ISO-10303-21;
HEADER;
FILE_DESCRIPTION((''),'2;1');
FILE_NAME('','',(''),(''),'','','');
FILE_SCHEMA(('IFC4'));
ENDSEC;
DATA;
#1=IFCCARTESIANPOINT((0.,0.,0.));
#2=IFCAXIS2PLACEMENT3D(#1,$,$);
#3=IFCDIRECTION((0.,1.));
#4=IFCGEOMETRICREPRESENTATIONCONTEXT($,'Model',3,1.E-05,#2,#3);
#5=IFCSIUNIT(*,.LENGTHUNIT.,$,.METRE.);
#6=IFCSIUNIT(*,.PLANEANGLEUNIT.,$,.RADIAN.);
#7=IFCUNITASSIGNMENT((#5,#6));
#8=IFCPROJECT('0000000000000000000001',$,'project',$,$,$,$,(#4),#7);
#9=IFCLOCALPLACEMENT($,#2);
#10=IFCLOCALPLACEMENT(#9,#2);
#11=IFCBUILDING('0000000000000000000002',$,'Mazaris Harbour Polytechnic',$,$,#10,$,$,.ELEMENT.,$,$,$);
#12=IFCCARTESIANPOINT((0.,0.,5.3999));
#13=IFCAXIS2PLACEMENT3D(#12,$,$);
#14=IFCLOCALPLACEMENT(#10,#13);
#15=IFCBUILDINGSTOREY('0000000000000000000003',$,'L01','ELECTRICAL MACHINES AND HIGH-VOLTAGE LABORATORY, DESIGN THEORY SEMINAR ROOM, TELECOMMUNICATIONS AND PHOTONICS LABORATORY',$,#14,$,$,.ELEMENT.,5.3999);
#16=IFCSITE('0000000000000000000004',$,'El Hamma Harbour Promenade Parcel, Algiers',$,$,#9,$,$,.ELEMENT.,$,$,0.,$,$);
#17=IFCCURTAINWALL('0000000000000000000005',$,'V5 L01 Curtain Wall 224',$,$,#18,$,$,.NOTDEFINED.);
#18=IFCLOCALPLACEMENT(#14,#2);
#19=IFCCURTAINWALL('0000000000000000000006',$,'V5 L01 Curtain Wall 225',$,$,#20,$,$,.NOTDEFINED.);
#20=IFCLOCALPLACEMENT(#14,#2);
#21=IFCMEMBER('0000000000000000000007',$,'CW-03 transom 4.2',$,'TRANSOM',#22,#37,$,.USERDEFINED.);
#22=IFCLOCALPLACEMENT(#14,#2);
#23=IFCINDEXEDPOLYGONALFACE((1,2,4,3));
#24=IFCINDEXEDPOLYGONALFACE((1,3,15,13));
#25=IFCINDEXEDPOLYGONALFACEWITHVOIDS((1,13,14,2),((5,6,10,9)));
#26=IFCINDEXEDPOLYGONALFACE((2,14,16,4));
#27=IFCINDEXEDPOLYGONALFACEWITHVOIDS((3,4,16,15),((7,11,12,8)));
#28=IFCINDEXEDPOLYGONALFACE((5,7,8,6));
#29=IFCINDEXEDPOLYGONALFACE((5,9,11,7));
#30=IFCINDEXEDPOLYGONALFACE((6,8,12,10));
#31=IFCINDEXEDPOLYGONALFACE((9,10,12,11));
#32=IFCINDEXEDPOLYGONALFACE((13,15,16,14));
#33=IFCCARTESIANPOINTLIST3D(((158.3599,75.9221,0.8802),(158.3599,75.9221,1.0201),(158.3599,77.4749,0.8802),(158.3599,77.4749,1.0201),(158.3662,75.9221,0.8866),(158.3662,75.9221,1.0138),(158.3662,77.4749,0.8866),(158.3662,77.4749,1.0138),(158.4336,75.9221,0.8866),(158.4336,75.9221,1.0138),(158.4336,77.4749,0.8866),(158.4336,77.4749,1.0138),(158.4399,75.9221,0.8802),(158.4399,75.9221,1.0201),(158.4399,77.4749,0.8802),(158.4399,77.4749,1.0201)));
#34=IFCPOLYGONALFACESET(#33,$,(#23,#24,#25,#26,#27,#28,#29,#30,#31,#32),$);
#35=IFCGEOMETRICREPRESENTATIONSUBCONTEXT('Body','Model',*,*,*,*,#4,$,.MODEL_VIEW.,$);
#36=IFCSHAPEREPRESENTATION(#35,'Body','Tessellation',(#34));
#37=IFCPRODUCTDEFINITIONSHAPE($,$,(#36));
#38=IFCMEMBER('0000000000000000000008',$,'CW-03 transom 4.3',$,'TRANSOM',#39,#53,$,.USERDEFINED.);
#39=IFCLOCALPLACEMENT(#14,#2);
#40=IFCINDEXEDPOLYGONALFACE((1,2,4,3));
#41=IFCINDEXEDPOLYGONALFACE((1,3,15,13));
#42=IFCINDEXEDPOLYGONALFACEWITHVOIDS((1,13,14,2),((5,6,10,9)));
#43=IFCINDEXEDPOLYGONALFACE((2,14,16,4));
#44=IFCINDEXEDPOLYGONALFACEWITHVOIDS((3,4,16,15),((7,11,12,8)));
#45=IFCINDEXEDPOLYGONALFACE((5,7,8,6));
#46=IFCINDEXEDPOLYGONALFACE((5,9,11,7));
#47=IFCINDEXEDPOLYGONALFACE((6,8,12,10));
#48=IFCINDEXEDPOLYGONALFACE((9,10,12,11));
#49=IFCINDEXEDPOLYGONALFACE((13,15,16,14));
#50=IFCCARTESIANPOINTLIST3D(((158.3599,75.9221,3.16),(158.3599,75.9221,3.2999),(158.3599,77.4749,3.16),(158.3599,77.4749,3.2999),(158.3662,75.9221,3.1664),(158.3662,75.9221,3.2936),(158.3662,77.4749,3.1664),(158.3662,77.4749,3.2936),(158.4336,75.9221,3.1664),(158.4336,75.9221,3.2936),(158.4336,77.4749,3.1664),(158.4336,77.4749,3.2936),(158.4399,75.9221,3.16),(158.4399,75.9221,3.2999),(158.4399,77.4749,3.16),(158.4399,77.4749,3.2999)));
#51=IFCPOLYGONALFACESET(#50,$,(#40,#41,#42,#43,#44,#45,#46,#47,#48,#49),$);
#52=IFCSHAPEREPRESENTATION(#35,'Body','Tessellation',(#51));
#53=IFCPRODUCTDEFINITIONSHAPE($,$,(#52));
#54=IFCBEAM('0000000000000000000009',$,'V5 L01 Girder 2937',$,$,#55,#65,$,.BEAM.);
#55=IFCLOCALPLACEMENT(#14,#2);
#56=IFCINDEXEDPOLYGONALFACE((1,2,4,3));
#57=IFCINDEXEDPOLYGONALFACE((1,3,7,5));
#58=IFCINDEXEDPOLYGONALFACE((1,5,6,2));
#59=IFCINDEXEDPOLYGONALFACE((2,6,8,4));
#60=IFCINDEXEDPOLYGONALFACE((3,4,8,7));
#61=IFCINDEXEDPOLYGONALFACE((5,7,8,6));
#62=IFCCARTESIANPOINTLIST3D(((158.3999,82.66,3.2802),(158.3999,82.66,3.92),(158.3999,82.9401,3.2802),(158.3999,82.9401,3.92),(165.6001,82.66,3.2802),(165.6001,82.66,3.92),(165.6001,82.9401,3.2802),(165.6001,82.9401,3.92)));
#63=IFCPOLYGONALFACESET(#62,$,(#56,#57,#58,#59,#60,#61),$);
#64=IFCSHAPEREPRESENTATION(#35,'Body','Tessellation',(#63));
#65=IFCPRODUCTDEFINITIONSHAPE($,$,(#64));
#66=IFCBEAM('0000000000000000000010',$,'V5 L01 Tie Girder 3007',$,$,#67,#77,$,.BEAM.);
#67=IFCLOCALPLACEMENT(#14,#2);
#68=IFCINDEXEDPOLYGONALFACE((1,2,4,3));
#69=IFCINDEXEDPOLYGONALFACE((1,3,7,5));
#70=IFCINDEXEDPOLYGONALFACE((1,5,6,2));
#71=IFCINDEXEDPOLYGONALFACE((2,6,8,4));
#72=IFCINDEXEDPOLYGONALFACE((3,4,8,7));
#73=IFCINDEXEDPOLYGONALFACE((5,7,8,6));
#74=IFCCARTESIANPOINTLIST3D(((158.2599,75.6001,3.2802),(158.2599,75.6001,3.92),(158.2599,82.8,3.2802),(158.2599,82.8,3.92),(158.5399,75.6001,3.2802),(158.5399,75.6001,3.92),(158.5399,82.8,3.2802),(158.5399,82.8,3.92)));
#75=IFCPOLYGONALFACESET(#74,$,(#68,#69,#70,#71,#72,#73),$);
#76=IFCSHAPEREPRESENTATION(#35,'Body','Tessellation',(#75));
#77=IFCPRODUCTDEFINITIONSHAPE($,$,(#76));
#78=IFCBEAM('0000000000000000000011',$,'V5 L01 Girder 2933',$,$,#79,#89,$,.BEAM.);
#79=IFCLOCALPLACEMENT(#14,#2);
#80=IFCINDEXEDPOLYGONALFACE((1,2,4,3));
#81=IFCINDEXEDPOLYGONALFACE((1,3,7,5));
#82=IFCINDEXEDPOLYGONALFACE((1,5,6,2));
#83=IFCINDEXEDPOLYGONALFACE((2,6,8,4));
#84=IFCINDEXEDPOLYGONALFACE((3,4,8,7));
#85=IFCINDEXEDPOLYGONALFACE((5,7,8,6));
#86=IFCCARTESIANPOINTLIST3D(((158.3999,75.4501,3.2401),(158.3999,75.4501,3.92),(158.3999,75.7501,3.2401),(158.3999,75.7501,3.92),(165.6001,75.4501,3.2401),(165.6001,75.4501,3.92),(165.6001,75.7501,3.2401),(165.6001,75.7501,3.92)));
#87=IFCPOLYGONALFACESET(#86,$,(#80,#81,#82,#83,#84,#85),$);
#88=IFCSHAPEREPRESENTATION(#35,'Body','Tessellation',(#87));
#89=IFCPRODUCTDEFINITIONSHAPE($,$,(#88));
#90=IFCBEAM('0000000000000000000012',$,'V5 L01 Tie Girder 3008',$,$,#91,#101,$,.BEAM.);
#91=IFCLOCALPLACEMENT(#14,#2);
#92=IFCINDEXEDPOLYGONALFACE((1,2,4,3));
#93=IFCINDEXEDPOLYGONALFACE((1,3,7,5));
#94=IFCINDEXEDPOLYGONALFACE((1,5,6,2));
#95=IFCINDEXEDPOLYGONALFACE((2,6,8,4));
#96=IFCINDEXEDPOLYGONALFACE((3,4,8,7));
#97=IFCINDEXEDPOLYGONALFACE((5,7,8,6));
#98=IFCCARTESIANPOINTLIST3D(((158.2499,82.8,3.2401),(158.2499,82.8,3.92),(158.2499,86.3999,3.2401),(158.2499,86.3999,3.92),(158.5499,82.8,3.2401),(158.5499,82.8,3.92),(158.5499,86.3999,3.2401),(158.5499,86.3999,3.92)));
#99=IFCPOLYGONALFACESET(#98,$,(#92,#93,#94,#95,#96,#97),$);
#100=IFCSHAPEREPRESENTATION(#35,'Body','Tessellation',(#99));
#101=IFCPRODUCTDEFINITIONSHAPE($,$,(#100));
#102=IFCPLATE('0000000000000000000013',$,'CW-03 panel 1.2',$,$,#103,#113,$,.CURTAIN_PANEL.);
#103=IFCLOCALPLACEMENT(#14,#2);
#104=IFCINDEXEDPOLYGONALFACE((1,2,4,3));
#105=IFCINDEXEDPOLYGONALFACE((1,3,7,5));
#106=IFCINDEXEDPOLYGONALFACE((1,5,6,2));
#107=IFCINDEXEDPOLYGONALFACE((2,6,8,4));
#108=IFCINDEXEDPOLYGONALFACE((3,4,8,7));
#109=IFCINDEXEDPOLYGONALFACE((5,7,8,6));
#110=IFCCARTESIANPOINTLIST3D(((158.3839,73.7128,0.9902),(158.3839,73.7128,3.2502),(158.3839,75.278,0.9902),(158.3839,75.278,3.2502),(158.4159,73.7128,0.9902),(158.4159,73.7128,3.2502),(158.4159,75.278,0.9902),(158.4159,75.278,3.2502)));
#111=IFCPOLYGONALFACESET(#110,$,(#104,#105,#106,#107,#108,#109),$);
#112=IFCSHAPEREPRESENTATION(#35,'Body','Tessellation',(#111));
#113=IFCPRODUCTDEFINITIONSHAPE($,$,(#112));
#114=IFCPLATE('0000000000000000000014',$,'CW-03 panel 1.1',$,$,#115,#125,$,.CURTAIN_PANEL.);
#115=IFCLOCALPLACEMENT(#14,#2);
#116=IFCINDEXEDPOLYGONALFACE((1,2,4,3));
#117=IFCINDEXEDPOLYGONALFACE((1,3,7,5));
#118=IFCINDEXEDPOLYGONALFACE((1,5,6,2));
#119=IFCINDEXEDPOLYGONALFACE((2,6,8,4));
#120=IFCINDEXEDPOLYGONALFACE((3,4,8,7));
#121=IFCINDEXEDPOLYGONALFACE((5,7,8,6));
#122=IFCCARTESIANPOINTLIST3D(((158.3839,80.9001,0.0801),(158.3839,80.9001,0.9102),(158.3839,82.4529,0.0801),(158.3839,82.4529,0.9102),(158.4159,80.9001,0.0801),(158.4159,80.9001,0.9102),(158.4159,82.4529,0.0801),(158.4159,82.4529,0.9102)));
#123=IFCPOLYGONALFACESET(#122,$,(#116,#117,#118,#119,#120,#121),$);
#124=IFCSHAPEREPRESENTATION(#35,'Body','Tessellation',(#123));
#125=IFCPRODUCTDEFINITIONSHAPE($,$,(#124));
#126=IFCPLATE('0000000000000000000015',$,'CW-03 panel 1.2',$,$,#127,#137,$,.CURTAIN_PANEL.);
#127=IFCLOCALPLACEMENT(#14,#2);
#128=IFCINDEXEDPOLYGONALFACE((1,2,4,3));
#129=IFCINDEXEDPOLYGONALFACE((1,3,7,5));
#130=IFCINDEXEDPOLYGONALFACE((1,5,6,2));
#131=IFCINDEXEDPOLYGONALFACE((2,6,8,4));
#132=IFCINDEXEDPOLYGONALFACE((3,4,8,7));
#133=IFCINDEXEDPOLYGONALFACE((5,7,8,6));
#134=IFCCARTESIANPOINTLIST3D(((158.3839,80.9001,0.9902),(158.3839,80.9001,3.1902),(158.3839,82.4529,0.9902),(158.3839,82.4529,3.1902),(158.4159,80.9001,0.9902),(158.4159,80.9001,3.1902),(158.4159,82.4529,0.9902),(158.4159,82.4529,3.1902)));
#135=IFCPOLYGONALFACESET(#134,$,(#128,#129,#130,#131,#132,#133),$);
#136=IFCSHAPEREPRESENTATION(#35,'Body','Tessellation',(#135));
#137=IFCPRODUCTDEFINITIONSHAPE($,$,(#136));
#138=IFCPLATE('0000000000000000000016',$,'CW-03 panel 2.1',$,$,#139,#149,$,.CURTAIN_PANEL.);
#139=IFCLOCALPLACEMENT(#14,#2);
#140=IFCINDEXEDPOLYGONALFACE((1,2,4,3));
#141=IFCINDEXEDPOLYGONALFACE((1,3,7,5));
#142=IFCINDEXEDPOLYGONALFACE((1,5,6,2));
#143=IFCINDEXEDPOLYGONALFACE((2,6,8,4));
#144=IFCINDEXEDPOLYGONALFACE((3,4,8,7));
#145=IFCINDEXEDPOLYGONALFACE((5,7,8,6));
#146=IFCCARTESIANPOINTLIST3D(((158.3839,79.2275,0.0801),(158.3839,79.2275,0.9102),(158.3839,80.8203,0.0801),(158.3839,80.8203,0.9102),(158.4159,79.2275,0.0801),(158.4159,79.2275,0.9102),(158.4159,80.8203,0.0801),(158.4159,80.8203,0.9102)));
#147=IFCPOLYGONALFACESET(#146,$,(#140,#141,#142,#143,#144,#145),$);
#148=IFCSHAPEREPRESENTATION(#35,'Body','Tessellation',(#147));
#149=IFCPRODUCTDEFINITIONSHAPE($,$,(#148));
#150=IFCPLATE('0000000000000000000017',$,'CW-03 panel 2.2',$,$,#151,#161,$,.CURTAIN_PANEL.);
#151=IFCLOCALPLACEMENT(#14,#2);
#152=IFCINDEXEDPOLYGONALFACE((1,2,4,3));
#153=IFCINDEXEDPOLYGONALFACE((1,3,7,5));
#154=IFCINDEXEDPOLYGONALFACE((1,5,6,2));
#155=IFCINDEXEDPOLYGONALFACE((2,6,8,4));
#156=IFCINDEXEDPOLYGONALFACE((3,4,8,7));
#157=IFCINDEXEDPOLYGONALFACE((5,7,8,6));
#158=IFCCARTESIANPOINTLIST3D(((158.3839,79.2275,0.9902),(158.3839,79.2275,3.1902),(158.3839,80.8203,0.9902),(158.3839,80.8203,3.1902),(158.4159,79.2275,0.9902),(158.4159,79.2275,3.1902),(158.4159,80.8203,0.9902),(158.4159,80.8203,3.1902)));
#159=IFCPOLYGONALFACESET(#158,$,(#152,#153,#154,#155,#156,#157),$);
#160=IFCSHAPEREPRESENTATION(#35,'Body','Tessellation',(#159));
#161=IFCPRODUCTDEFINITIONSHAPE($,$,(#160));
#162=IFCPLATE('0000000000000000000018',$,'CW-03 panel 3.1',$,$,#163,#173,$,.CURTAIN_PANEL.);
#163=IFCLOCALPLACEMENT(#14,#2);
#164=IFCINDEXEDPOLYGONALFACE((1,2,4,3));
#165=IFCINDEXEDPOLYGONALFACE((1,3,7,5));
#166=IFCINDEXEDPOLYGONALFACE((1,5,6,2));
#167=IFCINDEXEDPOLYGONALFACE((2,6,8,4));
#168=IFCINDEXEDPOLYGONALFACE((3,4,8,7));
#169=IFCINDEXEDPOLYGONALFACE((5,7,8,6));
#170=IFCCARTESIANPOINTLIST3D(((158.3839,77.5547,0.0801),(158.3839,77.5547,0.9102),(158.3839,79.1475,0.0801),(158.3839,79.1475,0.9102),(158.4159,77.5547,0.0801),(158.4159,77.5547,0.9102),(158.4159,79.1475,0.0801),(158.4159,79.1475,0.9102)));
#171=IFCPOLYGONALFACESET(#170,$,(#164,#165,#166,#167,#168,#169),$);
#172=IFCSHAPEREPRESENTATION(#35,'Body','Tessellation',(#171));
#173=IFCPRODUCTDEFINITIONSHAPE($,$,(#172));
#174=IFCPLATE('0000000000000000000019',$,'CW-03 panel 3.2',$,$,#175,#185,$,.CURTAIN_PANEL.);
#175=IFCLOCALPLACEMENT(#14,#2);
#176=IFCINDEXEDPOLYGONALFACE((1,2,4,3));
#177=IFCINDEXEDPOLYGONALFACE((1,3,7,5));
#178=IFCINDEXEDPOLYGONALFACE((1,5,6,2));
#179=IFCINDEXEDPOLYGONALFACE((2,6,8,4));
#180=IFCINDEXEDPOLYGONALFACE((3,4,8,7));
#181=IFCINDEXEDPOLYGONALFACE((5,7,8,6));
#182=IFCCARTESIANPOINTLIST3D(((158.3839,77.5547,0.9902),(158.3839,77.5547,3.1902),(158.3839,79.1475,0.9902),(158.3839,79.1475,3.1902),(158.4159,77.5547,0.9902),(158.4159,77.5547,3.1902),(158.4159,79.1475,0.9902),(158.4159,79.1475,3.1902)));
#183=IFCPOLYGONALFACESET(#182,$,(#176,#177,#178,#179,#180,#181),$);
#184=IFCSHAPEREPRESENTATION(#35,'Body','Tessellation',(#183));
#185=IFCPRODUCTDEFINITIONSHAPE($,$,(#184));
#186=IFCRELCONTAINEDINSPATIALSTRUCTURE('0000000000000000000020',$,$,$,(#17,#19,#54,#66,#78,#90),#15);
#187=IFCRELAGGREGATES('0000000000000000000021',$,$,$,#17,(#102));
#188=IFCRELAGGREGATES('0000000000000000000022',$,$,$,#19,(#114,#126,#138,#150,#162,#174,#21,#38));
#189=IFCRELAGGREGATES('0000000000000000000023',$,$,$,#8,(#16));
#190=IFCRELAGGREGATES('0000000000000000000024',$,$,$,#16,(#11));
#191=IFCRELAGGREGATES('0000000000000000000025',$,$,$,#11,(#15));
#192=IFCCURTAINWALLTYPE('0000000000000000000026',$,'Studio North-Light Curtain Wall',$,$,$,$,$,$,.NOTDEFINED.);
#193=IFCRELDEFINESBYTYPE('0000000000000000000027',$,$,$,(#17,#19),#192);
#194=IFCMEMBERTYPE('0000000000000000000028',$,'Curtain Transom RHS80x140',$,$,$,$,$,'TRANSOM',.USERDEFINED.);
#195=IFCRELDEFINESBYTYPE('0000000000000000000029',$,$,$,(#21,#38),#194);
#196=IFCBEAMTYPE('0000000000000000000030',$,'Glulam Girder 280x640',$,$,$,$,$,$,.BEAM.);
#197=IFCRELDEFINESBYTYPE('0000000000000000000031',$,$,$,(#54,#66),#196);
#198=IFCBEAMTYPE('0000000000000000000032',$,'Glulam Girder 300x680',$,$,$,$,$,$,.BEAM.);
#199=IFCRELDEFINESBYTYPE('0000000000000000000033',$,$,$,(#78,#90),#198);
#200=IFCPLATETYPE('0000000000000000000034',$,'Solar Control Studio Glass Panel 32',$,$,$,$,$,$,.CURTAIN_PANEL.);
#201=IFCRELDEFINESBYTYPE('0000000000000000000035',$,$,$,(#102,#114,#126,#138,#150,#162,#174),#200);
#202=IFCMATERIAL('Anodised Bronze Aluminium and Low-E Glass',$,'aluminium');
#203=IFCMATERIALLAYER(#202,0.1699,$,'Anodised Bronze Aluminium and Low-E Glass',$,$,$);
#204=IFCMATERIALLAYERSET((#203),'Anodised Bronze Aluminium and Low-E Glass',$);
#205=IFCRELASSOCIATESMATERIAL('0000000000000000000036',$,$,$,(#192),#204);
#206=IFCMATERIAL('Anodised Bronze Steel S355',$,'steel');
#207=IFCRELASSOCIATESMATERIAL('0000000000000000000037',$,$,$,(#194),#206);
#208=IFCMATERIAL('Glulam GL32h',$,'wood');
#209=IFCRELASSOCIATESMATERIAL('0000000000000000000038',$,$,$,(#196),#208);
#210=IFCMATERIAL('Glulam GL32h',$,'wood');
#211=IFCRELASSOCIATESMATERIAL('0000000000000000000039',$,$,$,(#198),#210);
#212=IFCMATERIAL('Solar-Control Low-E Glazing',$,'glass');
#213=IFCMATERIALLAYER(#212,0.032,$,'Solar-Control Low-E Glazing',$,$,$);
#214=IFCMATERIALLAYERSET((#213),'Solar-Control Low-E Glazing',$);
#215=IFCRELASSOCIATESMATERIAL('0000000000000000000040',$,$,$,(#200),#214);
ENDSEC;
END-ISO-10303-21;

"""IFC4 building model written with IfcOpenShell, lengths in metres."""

from ifc_helpers import new_model, si_unit, direction, frame, origin, origin_2d, place, context, subcontext, project, spatial, rectangle, hollow_rectangle, extrude, material, layer, layer_set, material_profile, profile_set, type_object, element, aggregate, save


model = new_model("IFC4")

# Units and contexts
model_context = context("Model", 3, precision=1e-05, world=origin(), true_north=direction((0.0, 1.0)))
body_context = subcontext(model_context, "Body", "Model", "MODEL_VIEW")
ifc_project = project(units=[si_unit("LENGTHUNIT", "METRE"), si_unit("PLANEANGLEUNIT", "RADIAN")], contexts=[model_context])

# Site, building, storey
site_placement = place(None, origin())
site = spatial("IfcSite", under=ifc_project, at=site_placement, Name="El Hamma Harbour Promenade Parcel, Algiers", CompositionType="ELEMENT", RefElevation=0.0)
building_placement = place(site_placement, origin())
building = spatial("IfcBuilding", under=site, at=building_placement, Name="Mazaris Harbour Polytechnic", CompositionType="ELEMENT")
storey_placement = place(building_placement, frame((0.0, 0.0, 5.3999)))
storey = spatial("IfcBuildingStorey", under=building, at=storey_placement, Name="L01", Description="ELECTRICAL MACHINES AND HIGH-VOLTAGE LABORATORY, DESIGN THEORY SEMINAR ROOM, TELECOMMUNICATIONS AND PHOTONICS LABORATORY", CompositionType="ELEMENT", Elevation=5.3999)

# Curtain wall
ifc_material_1 = material(Name="Anodised Bronze Aluminium and Low-E Glass", Category="aluminium")
ifc_layer_1 = layer(ifc_material_1, 0.1699, Name="Anodised Bronze Aluminium and Low-E Glass")
ifc_layer_set_1 = layer_set([ifc_layer_1], Name="Anodised Bronze Aluminium and Low-E Glass")
curtain_wall_type = type_object("IfcCurtainWallType", Name="Studio North-Light Curtain Wall", PredefinedType="NOTDEFINED", material=ifc_layer_set_1)
curtain_wall_1_placement = place(storey_placement, origin())
curtain_wall_1 = element("IfcCurtainWall", 1, at=curtain_wall_1_placement, inside=storey, type_object=curtain_wall_type, Name="V5 L01 Curtain Wall 224", PredefinedType="NOTDEFINED")

# Curtain wall
curtain_wall_2_placement = place(storey_placement, origin())
curtain_wall_2 = element("IfcCurtainWall", 2, at=curtain_wall_2_placement, inside=storey, type_object=curtain_wall_type, Name="V5 L01 Curtain Wall 225", PredefinedType="NOTDEFINED")

# Members
ifc_material_2 = material(Name="Anodised Bronze Steel S355", Category="steel")
ifc_material_profile_1 = material_profile(ifc_material_2, hollow_rectangle(XDim=0.0801, YDim=0.1399, WallThickness=0.0063, at=origin_2d()), Name="RHS 80x140x6.3")
ifc_profile_set_1 = profile_set([ifc_material_profile_1], Name="Anodised Bronze Steel S355")
member_type_1 = type_object("IfcMemberType", Name="Curtain Transom RHS80x140", ElementType="TRANSOM", PredefinedType="USERDEFINED", material=ifc_profile_set_1)
member_1_placement = place(storey_placement, frame((158.3999, 77.4749, 0.9502), z_axis=(0.0, -1.0, 0.0), x_axis=(1.0, 0.0, 0.0)))
member_1 = element("IfcMember", 3, at=member_1_placement, type_object=member_type_1, Name="CW-03 transom 4.2", ObjectType="TRANSOM", PredefinedType="USERDEFINED", context=body_context, shape_type="SweptSolid", body=[
    extrude(hollow_rectangle(XDim=0.0801, YDim=0.1399, WallThickness=0.0063, at=origin_2d()), origin(), (0.0, 0.0, 1.0), 1.5527),
])
member_2_placement = place(storey_placement, frame((158.3999, 77.4749, 3.23), z_axis=(0.0, -1.0, 0.0), x_axis=(1.0, 0.0, 0.0)))
member_2 = element("IfcMember", 4, at=member_2_placement, type_object=member_type_1, Name="CW-03 transom 4.3", ObjectType="TRANSOM", PredefinedType="USERDEFINED", context=body_context, shape_type="SweptSolid", body=[
    extrude(hollow_rectangle(XDim=0.0801, YDim=0.1399, WallThickness=0.0063, at=origin_2d()), origin(), (0.0, 0.0, 1.0), 1.5527),
])

# Beams
ifc_material_3 = material(Name="Glulam GL32h", Category="wood")
ifc_material_profile_2 = material_profile(ifc_material_3, rectangle(XDim=0.28, YDim=0.6399, at=origin_2d()), Name="RECT280x640")
ifc_profile_set_2 = profile_set([ifc_material_profile_2], Name="Glulam GL32h")
beam_type_1 = type_object("IfcBeamType", Name="Glulam Girder 280x640", PredefinedType="BEAM", material=ifc_profile_set_2)
beam_1_placement = place(storey_placement, frame((158.3999, 82.8, 3.6001), z_axis=(1.0, 0.0, 0.0), x_axis=(0.0, 1.0, 0.0)))
element("IfcBeam", 5, at=beam_1_placement, inside=storey, type_object=beam_type_1, Name="V5 L01 Girder 2937", PredefinedType="BEAM", context=body_context, shape_type="SweptSolid", body=[
    extrude(rectangle(XDim=0.28, YDim=0.6399, at=origin_2d()), origin(), (0.0, 0.0, 1.0), 7.2002),
])
beam_2_placement = place(storey_placement, frame((158.3999, 75.6001, 3.6001), z_axis=(0.0, 1.0, 0.0), x_axis=(-1.0, 0.0, 0.0)))
element("IfcBeam", 6, at=beam_2_placement, inside=storey, type_object=beam_type_1, Name="V5 L01 Tie Girder 3007", PredefinedType="BEAM", context=body_context, shape_type="SweptSolid", body=[
    extrude(rectangle(XDim=0.28, YDim=0.6399, at=origin_2d()), origin(), (0.0, 0.0, 1.0), 7.2),
])
ifc_material_4 = material(Name="Glulam GL32h", Category="wood")
ifc_material_profile_3 = material_profile(ifc_material_4, rectangle(XDim=0.3, YDim=0.6799, at=origin_2d()), Name="RECT300x680")
ifc_profile_set_3 = profile_set([ifc_material_profile_3], Name="Glulam GL32h")
beam_type_2 = type_object("IfcBeamType", Name="Glulam Girder 300x680", PredefinedType="BEAM", material=ifc_profile_set_3)
beam_3_placement = place(storey_placement, frame((158.3999, 75.6001, 3.5801), z_axis=(1.0, 0.0, 0.0), x_axis=(0.0, 1.0, 0.0)))
element("IfcBeam", 7, at=beam_3_placement, inside=storey, type_object=beam_type_2, Name="V5 L01 Girder 2933", PredefinedType="BEAM", context=body_context, shape_type="SweptSolid", body=[
    extrude(rectangle(XDim=0.3, YDim=0.6799, at=origin_2d()), origin(), (0.0, 0.0, 1.0), 7.2002),
])
beam_4_placement = place(storey_placement, frame((158.3999, 82.8, 3.5801), z_axis=(0.0, 1.0, 0.0), x_axis=(-1.0, 0.0, 0.0)))
element("IfcBeam", 8, at=beam_4_placement, inside=storey, type_object=beam_type_2, Name="V5 L01 Tie Girder 3008", PredefinedType="BEAM", context=body_context, shape_type="SweptSolid", body=[
    extrude(rectangle(XDim=0.3, YDim=0.6799, at=origin_2d()), origin(), (0.0, 0.0, 1.0), 3.5999),
])

# Plates
ifc_material_5 = material(Name="Solar-Control Low-E Glazing", Category="glass")
ifc_layer_2 = layer(ifc_material_5, 0.032, Name="Solar-Control Low-E Glazing")
ifc_layer_set_2 = layer_set([ifc_layer_2], Name="Solar-Control Low-E Glazing")
plate_type = type_object("IfcPlateType", Name="Solar Control Studio Glass Panel 32", PredefinedType="CURTAIN_PANEL", material=ifc_layer_set_2)
plate_1_placement = place(storey_placement, frame((158.3999, 74.4954, 0.9902), z_axis=(0.0, 0.0, 1.0), x_axis=(0.0, -1.0, 0.0)))
plate_1 = element("IfcPlate", 9, at=plate_1_placement, type_object=plate_type, Name="CW-03 panel 1.2", PredefinedType="CURTAIN_PANEL", context=body_context, shape_type="SweptSolid", body=[
    extrude(rectangle(XDim=1.5652, YDim=0.032, at=origin_2d()), origin(), (0.0, 0.0, 1.0), 2.26),
])
aggregate(curtain_wall_1, [plate_1])
plate_2_placement = place(storey_placement, frame((158.3999, 81.6765, 0.0801), z_axis=(0.0, 0.0, 1.0), x_axis=(0.0, -1.0, 0.0)))
plate_2 = element("IfcPlate", 10, at=plate_2_placement, type_object=plate_type, Name="CW-03 panel 1.1", PredefinedType="CURTAIN_PANEL", context=body_context, shape_type="SweptSolid", body=[
    extrude(rectangle(XDim=1.5527, YDim=0.032, at=origin_2d()), origin(), (0.0, 0.0, 1.0), 0.8301),
])
plate_3_placement = place(storey_placement, frame((158.3999, 81.6765, 0.9902), z_axis=(0.0, 0.0, 1.0), x_axis=(0.0, -1.0, 0.0)))
plate_3 = element("IfcPlate", 11, at=plate_3_placement, type_object=plate_type, Name="CW-03 panel 1.2", PredefinedType="CURTAIN_PANEL", context=body_context, shape_type="SweptSolid", body=[
    extrude(rectangle(XDim=1.5527, YDim=0.032, at=origin_2d()), origin(), (0.0, 0.0, 1.0), 2.2),
])
plate_4_placement = place(storey_placement, frame((158.3999, 80.0239, 0.0801), z_axis=(0.0, 0.0, 1.0), x_axis=(0.0, -1.0, 0.0)))
plate_4 = element("IfcPlate", 12, at=plate_4_placement, type_object=plate_type, Name="CW-03 panel 2.1", PredefinedType="CURTAIN_PANEL", context=body_context, shape_type="SweptSolid", body=[
    extrude(rectangle(XDim=1.5928, YDim=0.032, at=origin_2d()), origin(), (0.0, 0.0, 1.0), 0.8301),
])
plate_5_placement = place(storey_placement, frame((158.3999, 80.0239, 0.9902), z_axis=(0.0, 0.0, 1.0), x_axis=(0.0, -1.0, 0.0)))
plate_5 = element("IfcPlate", 13, at=plate_5_placement, type_object=plate_type, Name="CW-03 panel 2.2", PredefinedType="CURTAIN_PANEL", context=body_context, shape_type="SweptSolid", body=[
    extrude(rectangle(XDim=1.5928, YDim=0.032, at=origin_2d()), origin(), (0.0, 0.0, 1.0), 2.2),
])
plate_6_placement = place(storey_placement, frame((158.3999, 78.3511, 0.0801), z_axis=(0.0, 0.0, 1.0), x_axis=(0.0, -1.0, 0.0)))
plate_6 = element("IfcPlate", 14, at=plate_6_placement, type_object=plate_type, Name="CW-03 panel 3.1", PredefinedType="CURTAIN_PANEL", context=body_context, shape_type="SweptSolid", body=[
    extrude(rectangle(XDim=1.5928, YDim=0.032, at=origin_2d()), origin(), (0.0, 0.0, 1.0), 0.8301),
])
plate_7_placement = place(storey_placement, frame((158.3999, 78.3511, 0.9902), z_axis=(0.0, 0.0, 1.0), x_axis=(0.0, -1.0, 0.0)))
plate_7 = element("IfcPlate", 15, at=plate_7_placement, type_object=plate_type, Name="CW-03 panel 3.2", PredefinedType="CURTAIN_PANEL", context=body_context, shape_type="SweptSolid", body=[
    extrude(rectangle(XDim=1.5928, YDim=0.032, at=origin_2d()), origin(), (0.0, 0.0, 1.0), 2.2),
])
aggregate(curtain_wall_2, [plate_2, plate_3, plate_4, plate_5, plate_6, plate_7, member_1, member_2])

save(model, "model.ifc")
